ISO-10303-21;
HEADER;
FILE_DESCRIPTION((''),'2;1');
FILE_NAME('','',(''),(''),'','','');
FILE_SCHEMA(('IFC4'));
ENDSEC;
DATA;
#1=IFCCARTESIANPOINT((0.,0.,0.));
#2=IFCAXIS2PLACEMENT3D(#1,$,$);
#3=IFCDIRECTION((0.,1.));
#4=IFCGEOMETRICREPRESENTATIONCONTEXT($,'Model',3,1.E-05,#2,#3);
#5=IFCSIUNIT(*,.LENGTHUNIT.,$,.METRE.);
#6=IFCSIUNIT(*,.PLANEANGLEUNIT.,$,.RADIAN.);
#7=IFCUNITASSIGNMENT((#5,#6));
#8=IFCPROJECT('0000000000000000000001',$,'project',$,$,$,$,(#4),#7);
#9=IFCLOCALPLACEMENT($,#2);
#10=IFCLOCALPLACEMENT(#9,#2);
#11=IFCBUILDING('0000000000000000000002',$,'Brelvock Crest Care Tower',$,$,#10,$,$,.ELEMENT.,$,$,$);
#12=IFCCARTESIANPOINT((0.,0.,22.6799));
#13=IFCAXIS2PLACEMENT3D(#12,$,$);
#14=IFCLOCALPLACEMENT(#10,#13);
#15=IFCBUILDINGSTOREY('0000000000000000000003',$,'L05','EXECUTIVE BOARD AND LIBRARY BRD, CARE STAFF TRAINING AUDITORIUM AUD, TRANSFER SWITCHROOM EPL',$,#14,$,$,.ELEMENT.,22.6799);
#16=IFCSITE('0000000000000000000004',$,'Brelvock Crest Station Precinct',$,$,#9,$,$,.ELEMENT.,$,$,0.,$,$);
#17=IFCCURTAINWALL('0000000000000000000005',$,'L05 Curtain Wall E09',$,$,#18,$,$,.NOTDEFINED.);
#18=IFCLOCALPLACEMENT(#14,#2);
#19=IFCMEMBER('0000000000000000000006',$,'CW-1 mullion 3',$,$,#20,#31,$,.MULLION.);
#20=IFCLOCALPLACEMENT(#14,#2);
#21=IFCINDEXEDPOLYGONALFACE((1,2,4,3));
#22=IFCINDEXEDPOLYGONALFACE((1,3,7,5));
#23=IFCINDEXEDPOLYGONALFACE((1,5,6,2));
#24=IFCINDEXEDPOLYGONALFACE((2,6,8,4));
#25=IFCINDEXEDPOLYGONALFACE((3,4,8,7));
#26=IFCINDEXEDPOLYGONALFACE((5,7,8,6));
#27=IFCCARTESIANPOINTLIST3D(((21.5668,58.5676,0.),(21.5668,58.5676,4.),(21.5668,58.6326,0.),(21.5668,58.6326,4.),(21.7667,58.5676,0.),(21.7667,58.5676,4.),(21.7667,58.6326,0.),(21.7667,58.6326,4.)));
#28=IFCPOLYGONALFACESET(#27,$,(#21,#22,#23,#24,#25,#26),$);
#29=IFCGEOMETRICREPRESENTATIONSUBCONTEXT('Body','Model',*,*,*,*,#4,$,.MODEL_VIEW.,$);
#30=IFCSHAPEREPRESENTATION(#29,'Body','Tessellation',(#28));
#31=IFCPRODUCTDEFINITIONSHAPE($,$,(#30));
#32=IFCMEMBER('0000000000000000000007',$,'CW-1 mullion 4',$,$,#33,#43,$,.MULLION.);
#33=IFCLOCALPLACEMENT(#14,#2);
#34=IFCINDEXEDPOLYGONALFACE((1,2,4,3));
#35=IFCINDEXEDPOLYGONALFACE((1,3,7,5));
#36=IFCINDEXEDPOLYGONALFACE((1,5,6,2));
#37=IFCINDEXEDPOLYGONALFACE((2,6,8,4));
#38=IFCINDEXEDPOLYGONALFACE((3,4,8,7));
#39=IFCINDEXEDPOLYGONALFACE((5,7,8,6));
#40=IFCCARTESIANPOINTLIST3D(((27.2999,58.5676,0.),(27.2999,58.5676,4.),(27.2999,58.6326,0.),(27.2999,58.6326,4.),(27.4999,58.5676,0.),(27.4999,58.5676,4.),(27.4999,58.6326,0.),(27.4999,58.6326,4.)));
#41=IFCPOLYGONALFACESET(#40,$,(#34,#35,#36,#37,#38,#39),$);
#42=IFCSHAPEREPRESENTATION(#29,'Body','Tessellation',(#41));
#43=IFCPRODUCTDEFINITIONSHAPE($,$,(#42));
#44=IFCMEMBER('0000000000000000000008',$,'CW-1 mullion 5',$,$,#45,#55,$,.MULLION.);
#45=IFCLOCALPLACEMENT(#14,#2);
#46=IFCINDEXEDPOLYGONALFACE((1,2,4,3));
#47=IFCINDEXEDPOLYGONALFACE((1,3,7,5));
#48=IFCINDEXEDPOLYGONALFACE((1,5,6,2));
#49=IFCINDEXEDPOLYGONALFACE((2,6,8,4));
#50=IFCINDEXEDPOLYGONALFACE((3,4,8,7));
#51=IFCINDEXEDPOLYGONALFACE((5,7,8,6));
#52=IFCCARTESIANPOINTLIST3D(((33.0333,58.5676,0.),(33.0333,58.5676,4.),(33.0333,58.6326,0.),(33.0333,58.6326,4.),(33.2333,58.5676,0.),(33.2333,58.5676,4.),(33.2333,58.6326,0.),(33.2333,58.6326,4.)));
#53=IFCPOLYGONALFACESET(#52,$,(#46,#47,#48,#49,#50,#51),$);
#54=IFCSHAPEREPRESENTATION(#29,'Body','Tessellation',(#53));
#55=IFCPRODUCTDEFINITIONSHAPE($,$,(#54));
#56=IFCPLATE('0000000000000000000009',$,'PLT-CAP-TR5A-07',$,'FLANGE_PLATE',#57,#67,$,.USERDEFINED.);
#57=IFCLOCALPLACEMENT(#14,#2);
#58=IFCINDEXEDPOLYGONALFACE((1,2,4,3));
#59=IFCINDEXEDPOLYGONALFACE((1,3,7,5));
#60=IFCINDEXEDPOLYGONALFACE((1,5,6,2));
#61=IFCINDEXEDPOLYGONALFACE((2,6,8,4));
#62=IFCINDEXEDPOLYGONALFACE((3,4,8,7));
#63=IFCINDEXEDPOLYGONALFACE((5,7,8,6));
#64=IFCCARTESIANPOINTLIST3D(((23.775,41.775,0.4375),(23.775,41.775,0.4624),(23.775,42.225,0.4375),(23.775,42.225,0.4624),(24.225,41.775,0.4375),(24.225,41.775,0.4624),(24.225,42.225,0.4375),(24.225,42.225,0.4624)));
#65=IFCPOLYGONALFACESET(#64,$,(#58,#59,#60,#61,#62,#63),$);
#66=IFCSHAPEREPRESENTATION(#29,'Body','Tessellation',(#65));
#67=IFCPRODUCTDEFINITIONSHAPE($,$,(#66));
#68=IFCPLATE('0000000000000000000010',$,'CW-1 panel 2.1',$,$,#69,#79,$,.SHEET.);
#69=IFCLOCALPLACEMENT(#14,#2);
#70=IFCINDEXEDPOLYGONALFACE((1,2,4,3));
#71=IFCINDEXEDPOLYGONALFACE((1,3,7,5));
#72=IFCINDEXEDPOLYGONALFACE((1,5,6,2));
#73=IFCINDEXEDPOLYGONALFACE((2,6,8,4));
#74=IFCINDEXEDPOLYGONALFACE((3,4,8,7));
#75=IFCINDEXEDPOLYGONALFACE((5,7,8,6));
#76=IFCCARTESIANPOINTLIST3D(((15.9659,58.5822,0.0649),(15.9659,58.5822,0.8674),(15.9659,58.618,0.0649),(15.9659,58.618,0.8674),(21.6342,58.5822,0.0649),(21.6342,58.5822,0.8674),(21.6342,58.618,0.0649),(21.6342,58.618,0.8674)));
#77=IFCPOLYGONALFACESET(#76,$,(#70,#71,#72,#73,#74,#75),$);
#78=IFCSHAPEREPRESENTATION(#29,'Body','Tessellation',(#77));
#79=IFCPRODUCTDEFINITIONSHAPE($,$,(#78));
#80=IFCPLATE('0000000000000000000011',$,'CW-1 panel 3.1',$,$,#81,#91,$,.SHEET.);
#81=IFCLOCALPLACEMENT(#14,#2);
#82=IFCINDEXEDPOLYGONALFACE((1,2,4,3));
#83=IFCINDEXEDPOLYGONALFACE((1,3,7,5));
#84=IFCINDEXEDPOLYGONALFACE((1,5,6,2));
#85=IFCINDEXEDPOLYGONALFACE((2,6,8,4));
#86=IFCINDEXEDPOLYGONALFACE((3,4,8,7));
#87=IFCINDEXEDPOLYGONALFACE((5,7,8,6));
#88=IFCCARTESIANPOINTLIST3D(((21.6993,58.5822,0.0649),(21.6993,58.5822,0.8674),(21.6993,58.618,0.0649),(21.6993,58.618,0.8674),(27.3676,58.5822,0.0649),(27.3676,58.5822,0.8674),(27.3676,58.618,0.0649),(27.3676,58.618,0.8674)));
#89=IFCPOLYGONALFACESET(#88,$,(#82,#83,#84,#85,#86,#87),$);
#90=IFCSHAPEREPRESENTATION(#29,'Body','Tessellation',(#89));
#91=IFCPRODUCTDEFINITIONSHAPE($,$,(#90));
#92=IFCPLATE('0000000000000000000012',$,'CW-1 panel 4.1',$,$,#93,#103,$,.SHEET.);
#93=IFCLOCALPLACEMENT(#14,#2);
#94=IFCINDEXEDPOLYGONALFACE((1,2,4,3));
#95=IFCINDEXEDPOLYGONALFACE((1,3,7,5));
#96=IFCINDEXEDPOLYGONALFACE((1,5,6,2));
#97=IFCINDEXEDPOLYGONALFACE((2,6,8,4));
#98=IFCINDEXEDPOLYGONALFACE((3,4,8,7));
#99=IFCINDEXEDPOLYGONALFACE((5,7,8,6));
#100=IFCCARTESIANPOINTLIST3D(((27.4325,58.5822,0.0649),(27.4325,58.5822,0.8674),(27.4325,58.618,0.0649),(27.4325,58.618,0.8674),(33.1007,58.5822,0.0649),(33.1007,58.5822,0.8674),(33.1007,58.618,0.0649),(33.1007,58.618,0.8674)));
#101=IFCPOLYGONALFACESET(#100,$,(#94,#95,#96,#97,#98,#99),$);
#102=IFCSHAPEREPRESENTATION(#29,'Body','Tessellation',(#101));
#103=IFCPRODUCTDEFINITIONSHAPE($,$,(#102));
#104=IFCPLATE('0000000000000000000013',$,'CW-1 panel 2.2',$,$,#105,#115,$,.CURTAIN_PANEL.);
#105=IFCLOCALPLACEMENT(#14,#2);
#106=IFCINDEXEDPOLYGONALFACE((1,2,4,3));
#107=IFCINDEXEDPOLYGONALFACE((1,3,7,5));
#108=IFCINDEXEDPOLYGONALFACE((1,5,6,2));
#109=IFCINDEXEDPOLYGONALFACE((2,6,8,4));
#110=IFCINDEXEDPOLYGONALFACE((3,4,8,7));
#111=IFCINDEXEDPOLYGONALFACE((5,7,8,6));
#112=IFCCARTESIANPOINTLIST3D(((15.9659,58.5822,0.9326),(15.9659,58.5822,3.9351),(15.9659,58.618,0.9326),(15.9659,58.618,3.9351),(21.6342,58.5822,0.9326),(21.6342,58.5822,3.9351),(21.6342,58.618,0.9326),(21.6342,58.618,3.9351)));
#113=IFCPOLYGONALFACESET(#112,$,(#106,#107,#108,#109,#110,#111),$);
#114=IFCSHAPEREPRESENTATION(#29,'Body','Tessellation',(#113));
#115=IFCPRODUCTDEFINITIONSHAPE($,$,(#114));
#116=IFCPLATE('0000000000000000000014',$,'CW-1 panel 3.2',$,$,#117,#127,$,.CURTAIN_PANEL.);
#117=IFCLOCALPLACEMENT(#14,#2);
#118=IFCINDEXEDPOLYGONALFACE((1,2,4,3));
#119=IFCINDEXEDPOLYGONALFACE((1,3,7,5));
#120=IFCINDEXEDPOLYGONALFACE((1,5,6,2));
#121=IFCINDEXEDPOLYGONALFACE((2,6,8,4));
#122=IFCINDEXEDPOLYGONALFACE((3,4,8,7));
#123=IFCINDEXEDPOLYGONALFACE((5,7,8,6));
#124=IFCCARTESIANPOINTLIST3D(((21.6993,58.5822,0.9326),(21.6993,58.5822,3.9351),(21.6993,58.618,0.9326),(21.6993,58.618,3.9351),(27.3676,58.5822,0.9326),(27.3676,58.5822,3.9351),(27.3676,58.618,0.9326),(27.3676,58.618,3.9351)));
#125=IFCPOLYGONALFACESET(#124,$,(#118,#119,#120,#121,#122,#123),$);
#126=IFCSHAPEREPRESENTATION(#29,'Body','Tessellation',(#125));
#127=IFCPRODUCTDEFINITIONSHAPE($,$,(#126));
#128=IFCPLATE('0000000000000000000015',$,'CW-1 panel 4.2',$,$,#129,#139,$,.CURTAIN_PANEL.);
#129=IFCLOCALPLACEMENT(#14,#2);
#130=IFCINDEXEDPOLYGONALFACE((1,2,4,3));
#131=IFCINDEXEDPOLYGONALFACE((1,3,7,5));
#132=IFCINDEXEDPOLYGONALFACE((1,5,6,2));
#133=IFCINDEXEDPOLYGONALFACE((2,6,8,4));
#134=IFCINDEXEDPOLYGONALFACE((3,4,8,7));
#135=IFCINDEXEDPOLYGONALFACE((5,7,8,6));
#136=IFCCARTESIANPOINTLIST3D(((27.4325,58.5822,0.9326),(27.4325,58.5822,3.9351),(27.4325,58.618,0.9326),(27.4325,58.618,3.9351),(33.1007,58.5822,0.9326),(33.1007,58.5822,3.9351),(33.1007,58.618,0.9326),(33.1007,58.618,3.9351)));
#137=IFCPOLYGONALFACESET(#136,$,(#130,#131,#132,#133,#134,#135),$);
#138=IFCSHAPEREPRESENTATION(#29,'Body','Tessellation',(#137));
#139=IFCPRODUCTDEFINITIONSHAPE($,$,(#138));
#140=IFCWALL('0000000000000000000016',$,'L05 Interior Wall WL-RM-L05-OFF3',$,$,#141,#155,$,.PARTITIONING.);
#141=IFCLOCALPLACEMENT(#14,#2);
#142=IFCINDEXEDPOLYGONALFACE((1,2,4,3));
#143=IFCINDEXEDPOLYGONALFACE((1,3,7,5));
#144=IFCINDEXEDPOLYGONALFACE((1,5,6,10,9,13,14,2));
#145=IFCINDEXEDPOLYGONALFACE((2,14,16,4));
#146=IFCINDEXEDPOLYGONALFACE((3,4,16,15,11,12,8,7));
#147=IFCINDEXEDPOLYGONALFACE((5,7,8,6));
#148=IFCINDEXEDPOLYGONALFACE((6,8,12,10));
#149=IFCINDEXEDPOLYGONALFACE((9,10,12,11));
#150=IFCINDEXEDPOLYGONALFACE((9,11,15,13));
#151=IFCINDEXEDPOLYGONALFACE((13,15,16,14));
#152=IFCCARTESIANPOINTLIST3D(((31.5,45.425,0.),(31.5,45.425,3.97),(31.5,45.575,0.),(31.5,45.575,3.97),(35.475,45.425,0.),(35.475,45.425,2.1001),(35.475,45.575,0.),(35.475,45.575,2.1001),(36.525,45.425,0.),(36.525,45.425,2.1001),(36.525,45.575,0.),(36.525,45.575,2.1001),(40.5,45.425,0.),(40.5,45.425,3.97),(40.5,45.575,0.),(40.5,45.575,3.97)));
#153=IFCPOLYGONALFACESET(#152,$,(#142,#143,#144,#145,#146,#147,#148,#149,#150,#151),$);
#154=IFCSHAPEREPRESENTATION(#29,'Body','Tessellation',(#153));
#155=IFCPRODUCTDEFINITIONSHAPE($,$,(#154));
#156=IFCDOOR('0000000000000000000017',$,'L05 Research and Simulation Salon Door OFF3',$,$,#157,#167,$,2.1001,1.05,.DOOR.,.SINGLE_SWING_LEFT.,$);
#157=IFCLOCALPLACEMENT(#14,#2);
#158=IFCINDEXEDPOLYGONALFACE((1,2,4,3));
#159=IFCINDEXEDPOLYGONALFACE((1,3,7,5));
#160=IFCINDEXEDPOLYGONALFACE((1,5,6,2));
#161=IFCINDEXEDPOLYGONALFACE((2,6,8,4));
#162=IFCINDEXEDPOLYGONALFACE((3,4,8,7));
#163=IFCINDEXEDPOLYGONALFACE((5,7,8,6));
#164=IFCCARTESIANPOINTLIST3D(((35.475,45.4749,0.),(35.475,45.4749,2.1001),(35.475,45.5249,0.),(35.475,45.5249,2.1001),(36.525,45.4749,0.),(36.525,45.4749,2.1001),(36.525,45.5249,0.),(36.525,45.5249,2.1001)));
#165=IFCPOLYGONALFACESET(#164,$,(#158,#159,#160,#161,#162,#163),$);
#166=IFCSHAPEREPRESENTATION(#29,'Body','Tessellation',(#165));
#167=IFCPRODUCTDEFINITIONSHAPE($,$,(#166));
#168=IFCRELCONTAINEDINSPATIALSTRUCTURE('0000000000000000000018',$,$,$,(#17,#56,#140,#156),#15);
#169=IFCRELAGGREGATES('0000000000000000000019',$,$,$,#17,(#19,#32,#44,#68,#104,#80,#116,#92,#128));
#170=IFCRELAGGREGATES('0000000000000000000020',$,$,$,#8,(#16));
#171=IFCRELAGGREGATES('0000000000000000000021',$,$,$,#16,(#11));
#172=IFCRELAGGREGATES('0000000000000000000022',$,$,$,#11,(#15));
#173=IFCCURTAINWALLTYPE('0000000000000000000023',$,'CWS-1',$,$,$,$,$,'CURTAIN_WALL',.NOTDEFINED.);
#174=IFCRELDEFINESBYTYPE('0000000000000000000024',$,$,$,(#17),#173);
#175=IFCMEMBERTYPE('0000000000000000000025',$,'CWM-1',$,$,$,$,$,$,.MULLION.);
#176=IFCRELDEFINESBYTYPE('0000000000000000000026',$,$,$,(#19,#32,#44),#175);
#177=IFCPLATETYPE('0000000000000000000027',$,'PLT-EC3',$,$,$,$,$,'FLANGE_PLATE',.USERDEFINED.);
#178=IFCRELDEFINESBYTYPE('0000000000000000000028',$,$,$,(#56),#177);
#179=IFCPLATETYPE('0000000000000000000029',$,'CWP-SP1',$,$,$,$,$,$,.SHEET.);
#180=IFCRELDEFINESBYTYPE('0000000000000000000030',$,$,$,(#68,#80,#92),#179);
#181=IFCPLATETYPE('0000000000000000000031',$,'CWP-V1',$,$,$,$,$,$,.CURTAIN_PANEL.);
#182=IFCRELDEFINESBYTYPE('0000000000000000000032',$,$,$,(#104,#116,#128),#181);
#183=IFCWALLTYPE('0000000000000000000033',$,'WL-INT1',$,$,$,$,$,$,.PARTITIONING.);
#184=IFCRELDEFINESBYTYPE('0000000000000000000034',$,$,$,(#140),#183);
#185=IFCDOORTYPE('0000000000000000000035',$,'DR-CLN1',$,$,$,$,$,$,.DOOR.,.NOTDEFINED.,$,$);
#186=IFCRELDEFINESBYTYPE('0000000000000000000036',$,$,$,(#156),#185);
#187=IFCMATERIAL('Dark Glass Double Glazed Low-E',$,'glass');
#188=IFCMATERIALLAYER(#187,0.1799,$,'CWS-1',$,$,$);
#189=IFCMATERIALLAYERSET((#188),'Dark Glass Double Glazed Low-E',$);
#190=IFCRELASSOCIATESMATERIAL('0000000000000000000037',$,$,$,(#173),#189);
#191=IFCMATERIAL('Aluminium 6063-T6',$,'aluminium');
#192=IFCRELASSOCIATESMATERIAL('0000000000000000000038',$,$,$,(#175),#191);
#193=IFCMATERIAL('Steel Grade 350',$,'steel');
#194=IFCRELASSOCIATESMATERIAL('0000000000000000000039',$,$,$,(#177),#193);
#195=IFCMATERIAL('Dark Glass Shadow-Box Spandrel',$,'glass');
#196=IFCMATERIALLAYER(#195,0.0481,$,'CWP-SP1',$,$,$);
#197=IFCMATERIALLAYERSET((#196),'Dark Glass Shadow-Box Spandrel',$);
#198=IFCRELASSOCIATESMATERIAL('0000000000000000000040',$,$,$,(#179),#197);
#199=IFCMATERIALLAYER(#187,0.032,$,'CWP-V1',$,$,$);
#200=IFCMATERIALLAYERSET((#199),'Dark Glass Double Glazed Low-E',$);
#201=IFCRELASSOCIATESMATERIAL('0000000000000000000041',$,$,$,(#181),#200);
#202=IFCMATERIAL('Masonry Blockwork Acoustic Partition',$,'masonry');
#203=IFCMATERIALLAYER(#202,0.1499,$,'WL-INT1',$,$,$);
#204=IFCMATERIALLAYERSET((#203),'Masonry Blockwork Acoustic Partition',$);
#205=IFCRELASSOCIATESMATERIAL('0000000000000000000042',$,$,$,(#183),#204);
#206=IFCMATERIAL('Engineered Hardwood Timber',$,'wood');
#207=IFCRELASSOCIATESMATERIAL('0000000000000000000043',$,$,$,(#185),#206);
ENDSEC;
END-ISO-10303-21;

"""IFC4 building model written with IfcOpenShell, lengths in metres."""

from ifc_helpers import new_model, si_unit, direction, frame, frame_2d, origin, origin_2d, place, context, subcontext, project, spatial, rectangle, extrude, source, transform, mapped, material, layer, layer_set, material_profile, profile_set, type_object, element, fill, aggregate, save


model = new_model("IFC4")

# Units and contexts
model_context = context("Model", 3, precision=1e-05, world=origin(), true_north=direction((0.0, 1.0)))
body_context = subcontext(model_context, "Body", "Model", "MODEL_VIEW")
ifc_project = project(units=[si_unit("LENGTHUNIT", "METRE"), si_unit("PLANEANGLEUNIT", "RADIAN")], contexts=[model_context])

# Site, building, storey
site_placement = place(None, origin())
site = spatial("IfcSite", under=ifc_project, at=site_placement, Name="Brelvock Crest Station Precinct", CompositionType="ELEMENT", RefElevation=0.0)
building_placement = place(site_placement, origin())
building = spatial("IfcBuilding", under=site, at=building_placement, Name="Brelvock Crest Care Tower", CompositionType="ELEMENT")
storey_placement = place(building_placement, frame((0.0, 0.0, 22.6799)))
storey = spatial("IfcBuildingStorey", under=building, at=storey_placement, Name="L05", Description="EXECUTIVE BOARD AND LIBRARY BRD, CARE STAFF TRAINING AUDITORIUM AUD, TRANSFER SWITCHROOM EPL", CompositionType="ELEMENT", Elevation=22.6799)

# Shared definitions
ifc_material_1 = material(Name="Steel Grade 350", Category="steel")

# Curtain wall, members
ifc_material_2 = material(Name="Dark Glass Double Glazed Low-E", Category="glass")
ifc_layer_1 = layer(ifc_material_2, 0.1799, Name="CWS-1")
ifc_layer_set_1 = layer_set([ifc_layer_1], Name="Dark Glass Double Glazed Low-E")
curtain_wall_type = type_object("IfcCurtainWallType", Name="CWS-1", ElementType="CURTAIN_WALL", PredefinedType="NOTDEFINED", material=ifc_layer_set_1)
curtain_wall_placement = place(storey_placement, origin())
curtain_wall = element("IfcCurtainWall", 1, at=curtain_wall_placement, inside=storey, type_object=curtain_wall_type, Name="L05 Curtain Wall E09", PredefinedType="NOTDEFINED")
ifc_material_3 = material(Name="Aluminium 6063-T6", Category="aluminium")
ifc_material_profile_1 = material_profile(ifc_material_3, rectangle(XDim=0.0649, YDim=0.2, at=origin_2d()), Name="ALU65x200")
ifc_profile_set_1 = profile_set([ifc_material_profile_1], Name="Aluminium 6063-T6")
member_type_1 = type_object("IfcMemberType", Name="CWM-1", PredefinedType="MULLION", material=ifc_profile_set_1)
shared_shape_1 = source(origin(), body_context, "Body", "SweptSolid", [
    extrude(rectangle(XDim=0.0649, YDim=0.2, at=origin_2d()), origin(), (0.0, 0.0, 1.0), 4.0),
])
member_1_placement = place(storey_placement, frame((21.6667, 58.6001, 0.0), z_axis=(0.0, 0.0, 1.0), x_axis=(0.0, 1.0, 0.0)))
member_1 = element("IfcMember", 2, at=member_1_placement, type_object=member_type_1, Name="CW-1 mullion 3", PredefinedType="MULLION", context=body_context, shape_type="MappedRepresentation", body=[
    mapped(shared_shape_1, transform((0.0, 0.0, 0.0), x_axis=(1.0, 0.0, 0.0), y_axis=(0.0, 1.0, 0.0), z_axis=(0.0, 0.0, 1.0), scale=1.0)),
])
member_2_placement = place(storey_placement, frame((27.3999, 58.6001, 0.0), z_axis=(0.0, 0.0, 1.0), x_axis=(0.0, 1.0, 0.0)))
member_2 = element("IfcMember", 3, at=member_2_placement, type_object=member_type_1, Name="CW-1 mullion 4", PredefinedType="MULLION", context=body_context, shape_type="MappedRepresentation", body=[
    mapped(shared_shape_1, transform((0.0, 0.0, 0.0), x_axis=(1.0, 0.0, 0.0), y_axis=(0.0, 1.0, 0.0), z_axis=(0.0, 0.0, 1.0), scale=1.0)),
])
member_3_placement = place(storey_placement, frame((33.1333, 58.6001, 0.0), z_axis=(0.0, 0.0, 1.0), x_axis=(0.0, 1.0, 0.0)))
member_3 = element("IfcMember", 4, at=member_3_placement, type_object=member_type_1, Name="CW-1 mullion 5", PredefinedType="MULLION", context=body_context, shape_type="MappedRepresentation", body=[
    mapped(shared_shape_1, transform((0.0, 0.0, 0.0), x_axis=(1.0, 0.0, 0.0), y_axis=(0.0, 1.0, 0.0), z_axis=(0.0, 0.0, 1.0), scale=1.0)),
])

# Plates
plate_type_1 = type_object("IfcPlateType", Name="PLT-EC3", ElementType="FLANGE_PLATE", PredefinedType="USERDEFINED", material=ifc_material_1)
shared_shape_2 = source(origin(), body_context, "Body", "SweptSolid", [
    extrude(rectangle(XDim=0.45, YDim=0.45, at=origin_2d()), origin(), (0.0, 0.0, 1.0), 0.0249),
])
plate_1_placement = place(storey_placement, frame((24.0, 42.0, 0.4375), z_axis=(0.0, 0.0, 1.0), x_axis=(1.0, 0.0, 0.0)))
element("IfcPlate", 5, at=plate_1_placement, inside=storey, type_object=plate_type_1, Name="PLT-CAP-TR5A-07", ObjectType="FLANGE_PLATE", PredefinedType="USERDEFINED", context=body_context, shape_type="MappedRepresentation", body=[
    mapped(shared_shape_2, transform((0.0, 0.0, 0.0), x_axis=(1.0, 0.0, 0.0), y_axis=(0.0, 1.0, 0.0), z_axis=(0.0, 0.0, 1.0), scale=1.0)),
])
ifc_material_4 = material(Name="Dark Glass Shadow-Box Spandrel", Category="glass")
ifc_layer_2 = layer(ifc_material_4, 0.0481, Name="CWP-SP1")
ifc_layer_set_2 = layer_set([ifc_layer_2], Name="Dark Glass Shadow-Box Spandrel")
plate_type_2 = type_object("IfcPlateType", Name="CWP-SP1", PredefinedType="SHEET", material=ifc_layer_set_2)
shared_shape_3 = source(origin(), body_context, "Body", "SweptSolid", [
    extrude(rectangle(XDim=5.6682, YDim=0.0359, at=origin_2d()), origin(), (0.0, 0.0, 1.0), 0.8025),
])
plate_2_placement = place(storey_placement, frame((18.8, 58.6001, 0.0649), z_axis=(0.0, 0.0, 1.0), x_axis=(1.0, 0.0, 0.0)))
plate_2 = element("IfcPlate", 6, at=plate_2_placement, type_object=plate_type_2, Name="CW-1 panel 2.1", PredefinedType="SHEET", context=body_context, shape_type="MappedRepresentation", body=[
    mapped(shared_shape_3, transform((0.0, 0.0, 0.0), x_axis=(1.0, 0.0, 0.0), y_axis=(0.0, 1.0, 0.0), z_axis=(0.0, 0.0, 1.0), scale=1.0)),
])
plate_3_placement = place(storey_placement, frame((24.5334, 58.6001, 0.0649), z_axis=(0.0, 0.0, 1.0), x_axis=(1.0, 0.0, 0.0)))
plate_3 = element("IfcPlate", 7, at=plate_3_placement, type_object=plate_type_2, Name="CW-1 panel 3.1", PredefinedType="SHEET", context=body_context, shape_type="MappedRepresentation", body=[
    mapped(shared_shape_3, transform((0.0, 0.0, 0.0), x_axis=(1.0, 0.0, 0.0), y_axis=(0.0, 1.0, 0.0), z_axis=(0.0, 0.0, 1.0), scale=1.0)),
])
plate_4_placement = place(storey_placement, frame((30.2666, 58.6001, 0.0649), z_axis=(0.0, 0.0, 1.0), x_axis=(1.0, 0.0, 0.0)))
plate_4 = element("IfcPlate", 8, at=plate_4_placement, type_object=plate_type_2, Name="CW-1 panel 4.1", PredefinedType="SHEET", context=body_context, shape_type="MappedRepresentation", body=[
    mapped(shared_shape_3, transform((0.0, 0.0, 0.0), x_axis=(1.0, 0.0, 0.0), y_axis=(0.0, 1.0, 0.0), z_axis=(0.0, 0.0, 1.0), scale=1.0)),
])
ifc_layer_3 = layer(ifc_material_2, 0.032, Name="CWP-V1")
ifc_layer_set_3 = layer_set([ifc_layer_3], Name="Dark Glass Double Glazed Low-E")
plate_type_3 = type_object("IfcPlateType", Name="CWP-V1", PredefinedType="CURTAIN_PANEL", material=ifc_layer_set_3)
shared_shape_4 = source(origin(), body_context, "Body", "SweptSolid", [
    extrude(rectangle(XDim=5.6682, YDim=0.0359, at=origin_2d()), origin(), (0.0, 0.0, 1.0), 3.0024),
])
plate_5_placement = place(storey_placement, frame((18.8, 58.6001, 0.9326), z_axis=(0.0, 0.0, 1.0), x_axis=(1.0, 0.0, 0.0)))
plate_5 = element("IfcPlate", 9, at=plate_5_placement, type_object=plate_type_3, Name="CW-1 panel 2.2", PredefinedType="CURTAIN_PANEL", context=body_context, shape_type="MappedRepresentation", body=[
    mapped(shared_shape_4, transform((0.0, 0.0, 0.0), x_axis=(1.0, 0.0, 0.0), y_axis=(0.0, 1.0, 0.0), z_axis=(0.0, 0.0, 1.0), scale=1.0)),
])
plate_6_placement = place(storey_placement, frame((24.5334, 58.6001, 0.9326), z_axis=(0.0, 0.0, 1.0), x_axis=(1.0, 0.0, 0.0)))
plate_6 = element("IfcPlate", 10, at=plate_6_placement, type_object=plate_type_3, Name="CW-1 panel 3.2", PredefinedType="CURTAIN_PANEL", context=body_context, shape_type="MappedRepresentation", body=[
    mapped(shared_shape_4, transform((0.0, 0.0, 0.0), x_axis=(1.0, 0.0, 0.0), y_axis=(0.0, 1.0, 0.0), z_axis=(0.0, 0.0, 1.0), scale=1.0)),
])
plate_7_placement = place(storey_placement, frame((30.2666, 58.6001, 0.9326), z_axis=(0.0, 0.0, 1.0), x_axis=(1.0, 0.0, 0.0)))
plate_7 = element("IfcPlate", 11, at=plate_7_placement, type_object=plate_type_3, Name="CW-1 panel 4.2", PredefinedType="CURTAIN_PANEL", context=body_context, shape_type="MappedRepresentation", body=[
    mapped(shared_shape_4, transform((0.0, 0.0, 0.0), x_axis=(1.0, 0.0, 0.0), y_axis=(0.0, 1.0, 0.0), z_axis=(0.0, 0.0, 1.0), scale=1.0)),
])
aggregate(curtain_wall, [member_1, member_2, member_3, plate_2, plate_5, plate_3, plate_6, plate_4, plate_7])

# Wall, opening, door
ifc_material_5 = material(Name="Masonry Blockwork Acoustic Partition", Category="masonry")
ifc_layer_4 = layer(ifc_material_5, 0.1499, Name="WL-INT1")
ifc_layer_set_4 = layer_set([ifc_layer_4], Name="Masonry Blockwork Acoustic Partition")
wall_type = type_object("IfcWallType", Name="WL-INT1", PredefinedType="PARTITIONING", material=ifc_layer_set_4)
wall_1_placement = place(storey_placement, frame((31.5, 45.5, 0.0), z_axis=(0.0, 0.0, 1.0), x_axis=(1.0, 0.0, 0.0)))
wall_1 = element("IfcWall", 12, at=wall_1_placement, inside=storey, type_object=wall_type, Name="L05 Interior Wall WL-RM-L05-OFF3", PredefinedType="PARTITIONING", context=body_context, shape_type="SweptSolid", body=[
    extrude(rectangle(XDim=9.0, YDim=0.1499, at=frame_2d((4.5, 0.0))), origin(), (0.0, 0.0, 1.0), 3.97),
])
opening_placement = place(wall_1_placement, frame((3.9751, 0.0, 0.0)))
opening = element("IfcOpeningElement", 13, at=opening_placement, cuts=wall_1, PredefinedType="OPENING", context=body_context, shape_type="SweptSolid", body=[
    extrude(rectangle(XDim=1.05, YDim=2.1001, at=origin_2d()), frame((0.5249, 0.085, 1.05), z_axis=(0.0, -1.0, 0.0), x_axis=(1.0, 0.0, 0.0)), (0.0, 0.0, 1.0), 0.1699),
])
ifc_material_6 = material(Name="Engineered Hardwood Timber", Category="wood")
door_type = type_object("IfcDoorType", Name="DR-CLN1", OperationType="NOTDEFINED", PredefinedType="DOOR", material=ifc_material_6)
shared_shape_5 = source(origin(), body_context, "Body", "SweptSolid", [
    extrude(rectangle(XDim=1.05, YDim=2.1001, at=origin_2d()), frame((0.5249, 0.0249, 1.05), z_axis=(0.0, -1.0, 0.0), x_axis=(1.0, 0.0, 0.0)), (0.0, 0.0, 1.0), 0.05),
])
door_placement = place(opening_placement, origin())
door = element("IfcDoor", 14, at=door_placement, inside=storey, type_object=door_type, Name="L05 Research and Simulation Salon Door OFF3", OperationType="SINGLE_SWING_LEFT", OverallHeight=2.1001, OverallWidth=1.05, PredefinedType="DOOR", context=body_context, shape_type="MappedRepresentation", body=[
    mapped(shared_shape_5, transform((0.0, 0.0, 0.0), x_axis=(1.0, 0.0, 0.0), y_axis=(0.0, 1.0, 0.0), z_axis=(0.0, 0.0, 1.0), scale=1.0)),
])
fill(opening, door)

save(model, "model.ifc")
